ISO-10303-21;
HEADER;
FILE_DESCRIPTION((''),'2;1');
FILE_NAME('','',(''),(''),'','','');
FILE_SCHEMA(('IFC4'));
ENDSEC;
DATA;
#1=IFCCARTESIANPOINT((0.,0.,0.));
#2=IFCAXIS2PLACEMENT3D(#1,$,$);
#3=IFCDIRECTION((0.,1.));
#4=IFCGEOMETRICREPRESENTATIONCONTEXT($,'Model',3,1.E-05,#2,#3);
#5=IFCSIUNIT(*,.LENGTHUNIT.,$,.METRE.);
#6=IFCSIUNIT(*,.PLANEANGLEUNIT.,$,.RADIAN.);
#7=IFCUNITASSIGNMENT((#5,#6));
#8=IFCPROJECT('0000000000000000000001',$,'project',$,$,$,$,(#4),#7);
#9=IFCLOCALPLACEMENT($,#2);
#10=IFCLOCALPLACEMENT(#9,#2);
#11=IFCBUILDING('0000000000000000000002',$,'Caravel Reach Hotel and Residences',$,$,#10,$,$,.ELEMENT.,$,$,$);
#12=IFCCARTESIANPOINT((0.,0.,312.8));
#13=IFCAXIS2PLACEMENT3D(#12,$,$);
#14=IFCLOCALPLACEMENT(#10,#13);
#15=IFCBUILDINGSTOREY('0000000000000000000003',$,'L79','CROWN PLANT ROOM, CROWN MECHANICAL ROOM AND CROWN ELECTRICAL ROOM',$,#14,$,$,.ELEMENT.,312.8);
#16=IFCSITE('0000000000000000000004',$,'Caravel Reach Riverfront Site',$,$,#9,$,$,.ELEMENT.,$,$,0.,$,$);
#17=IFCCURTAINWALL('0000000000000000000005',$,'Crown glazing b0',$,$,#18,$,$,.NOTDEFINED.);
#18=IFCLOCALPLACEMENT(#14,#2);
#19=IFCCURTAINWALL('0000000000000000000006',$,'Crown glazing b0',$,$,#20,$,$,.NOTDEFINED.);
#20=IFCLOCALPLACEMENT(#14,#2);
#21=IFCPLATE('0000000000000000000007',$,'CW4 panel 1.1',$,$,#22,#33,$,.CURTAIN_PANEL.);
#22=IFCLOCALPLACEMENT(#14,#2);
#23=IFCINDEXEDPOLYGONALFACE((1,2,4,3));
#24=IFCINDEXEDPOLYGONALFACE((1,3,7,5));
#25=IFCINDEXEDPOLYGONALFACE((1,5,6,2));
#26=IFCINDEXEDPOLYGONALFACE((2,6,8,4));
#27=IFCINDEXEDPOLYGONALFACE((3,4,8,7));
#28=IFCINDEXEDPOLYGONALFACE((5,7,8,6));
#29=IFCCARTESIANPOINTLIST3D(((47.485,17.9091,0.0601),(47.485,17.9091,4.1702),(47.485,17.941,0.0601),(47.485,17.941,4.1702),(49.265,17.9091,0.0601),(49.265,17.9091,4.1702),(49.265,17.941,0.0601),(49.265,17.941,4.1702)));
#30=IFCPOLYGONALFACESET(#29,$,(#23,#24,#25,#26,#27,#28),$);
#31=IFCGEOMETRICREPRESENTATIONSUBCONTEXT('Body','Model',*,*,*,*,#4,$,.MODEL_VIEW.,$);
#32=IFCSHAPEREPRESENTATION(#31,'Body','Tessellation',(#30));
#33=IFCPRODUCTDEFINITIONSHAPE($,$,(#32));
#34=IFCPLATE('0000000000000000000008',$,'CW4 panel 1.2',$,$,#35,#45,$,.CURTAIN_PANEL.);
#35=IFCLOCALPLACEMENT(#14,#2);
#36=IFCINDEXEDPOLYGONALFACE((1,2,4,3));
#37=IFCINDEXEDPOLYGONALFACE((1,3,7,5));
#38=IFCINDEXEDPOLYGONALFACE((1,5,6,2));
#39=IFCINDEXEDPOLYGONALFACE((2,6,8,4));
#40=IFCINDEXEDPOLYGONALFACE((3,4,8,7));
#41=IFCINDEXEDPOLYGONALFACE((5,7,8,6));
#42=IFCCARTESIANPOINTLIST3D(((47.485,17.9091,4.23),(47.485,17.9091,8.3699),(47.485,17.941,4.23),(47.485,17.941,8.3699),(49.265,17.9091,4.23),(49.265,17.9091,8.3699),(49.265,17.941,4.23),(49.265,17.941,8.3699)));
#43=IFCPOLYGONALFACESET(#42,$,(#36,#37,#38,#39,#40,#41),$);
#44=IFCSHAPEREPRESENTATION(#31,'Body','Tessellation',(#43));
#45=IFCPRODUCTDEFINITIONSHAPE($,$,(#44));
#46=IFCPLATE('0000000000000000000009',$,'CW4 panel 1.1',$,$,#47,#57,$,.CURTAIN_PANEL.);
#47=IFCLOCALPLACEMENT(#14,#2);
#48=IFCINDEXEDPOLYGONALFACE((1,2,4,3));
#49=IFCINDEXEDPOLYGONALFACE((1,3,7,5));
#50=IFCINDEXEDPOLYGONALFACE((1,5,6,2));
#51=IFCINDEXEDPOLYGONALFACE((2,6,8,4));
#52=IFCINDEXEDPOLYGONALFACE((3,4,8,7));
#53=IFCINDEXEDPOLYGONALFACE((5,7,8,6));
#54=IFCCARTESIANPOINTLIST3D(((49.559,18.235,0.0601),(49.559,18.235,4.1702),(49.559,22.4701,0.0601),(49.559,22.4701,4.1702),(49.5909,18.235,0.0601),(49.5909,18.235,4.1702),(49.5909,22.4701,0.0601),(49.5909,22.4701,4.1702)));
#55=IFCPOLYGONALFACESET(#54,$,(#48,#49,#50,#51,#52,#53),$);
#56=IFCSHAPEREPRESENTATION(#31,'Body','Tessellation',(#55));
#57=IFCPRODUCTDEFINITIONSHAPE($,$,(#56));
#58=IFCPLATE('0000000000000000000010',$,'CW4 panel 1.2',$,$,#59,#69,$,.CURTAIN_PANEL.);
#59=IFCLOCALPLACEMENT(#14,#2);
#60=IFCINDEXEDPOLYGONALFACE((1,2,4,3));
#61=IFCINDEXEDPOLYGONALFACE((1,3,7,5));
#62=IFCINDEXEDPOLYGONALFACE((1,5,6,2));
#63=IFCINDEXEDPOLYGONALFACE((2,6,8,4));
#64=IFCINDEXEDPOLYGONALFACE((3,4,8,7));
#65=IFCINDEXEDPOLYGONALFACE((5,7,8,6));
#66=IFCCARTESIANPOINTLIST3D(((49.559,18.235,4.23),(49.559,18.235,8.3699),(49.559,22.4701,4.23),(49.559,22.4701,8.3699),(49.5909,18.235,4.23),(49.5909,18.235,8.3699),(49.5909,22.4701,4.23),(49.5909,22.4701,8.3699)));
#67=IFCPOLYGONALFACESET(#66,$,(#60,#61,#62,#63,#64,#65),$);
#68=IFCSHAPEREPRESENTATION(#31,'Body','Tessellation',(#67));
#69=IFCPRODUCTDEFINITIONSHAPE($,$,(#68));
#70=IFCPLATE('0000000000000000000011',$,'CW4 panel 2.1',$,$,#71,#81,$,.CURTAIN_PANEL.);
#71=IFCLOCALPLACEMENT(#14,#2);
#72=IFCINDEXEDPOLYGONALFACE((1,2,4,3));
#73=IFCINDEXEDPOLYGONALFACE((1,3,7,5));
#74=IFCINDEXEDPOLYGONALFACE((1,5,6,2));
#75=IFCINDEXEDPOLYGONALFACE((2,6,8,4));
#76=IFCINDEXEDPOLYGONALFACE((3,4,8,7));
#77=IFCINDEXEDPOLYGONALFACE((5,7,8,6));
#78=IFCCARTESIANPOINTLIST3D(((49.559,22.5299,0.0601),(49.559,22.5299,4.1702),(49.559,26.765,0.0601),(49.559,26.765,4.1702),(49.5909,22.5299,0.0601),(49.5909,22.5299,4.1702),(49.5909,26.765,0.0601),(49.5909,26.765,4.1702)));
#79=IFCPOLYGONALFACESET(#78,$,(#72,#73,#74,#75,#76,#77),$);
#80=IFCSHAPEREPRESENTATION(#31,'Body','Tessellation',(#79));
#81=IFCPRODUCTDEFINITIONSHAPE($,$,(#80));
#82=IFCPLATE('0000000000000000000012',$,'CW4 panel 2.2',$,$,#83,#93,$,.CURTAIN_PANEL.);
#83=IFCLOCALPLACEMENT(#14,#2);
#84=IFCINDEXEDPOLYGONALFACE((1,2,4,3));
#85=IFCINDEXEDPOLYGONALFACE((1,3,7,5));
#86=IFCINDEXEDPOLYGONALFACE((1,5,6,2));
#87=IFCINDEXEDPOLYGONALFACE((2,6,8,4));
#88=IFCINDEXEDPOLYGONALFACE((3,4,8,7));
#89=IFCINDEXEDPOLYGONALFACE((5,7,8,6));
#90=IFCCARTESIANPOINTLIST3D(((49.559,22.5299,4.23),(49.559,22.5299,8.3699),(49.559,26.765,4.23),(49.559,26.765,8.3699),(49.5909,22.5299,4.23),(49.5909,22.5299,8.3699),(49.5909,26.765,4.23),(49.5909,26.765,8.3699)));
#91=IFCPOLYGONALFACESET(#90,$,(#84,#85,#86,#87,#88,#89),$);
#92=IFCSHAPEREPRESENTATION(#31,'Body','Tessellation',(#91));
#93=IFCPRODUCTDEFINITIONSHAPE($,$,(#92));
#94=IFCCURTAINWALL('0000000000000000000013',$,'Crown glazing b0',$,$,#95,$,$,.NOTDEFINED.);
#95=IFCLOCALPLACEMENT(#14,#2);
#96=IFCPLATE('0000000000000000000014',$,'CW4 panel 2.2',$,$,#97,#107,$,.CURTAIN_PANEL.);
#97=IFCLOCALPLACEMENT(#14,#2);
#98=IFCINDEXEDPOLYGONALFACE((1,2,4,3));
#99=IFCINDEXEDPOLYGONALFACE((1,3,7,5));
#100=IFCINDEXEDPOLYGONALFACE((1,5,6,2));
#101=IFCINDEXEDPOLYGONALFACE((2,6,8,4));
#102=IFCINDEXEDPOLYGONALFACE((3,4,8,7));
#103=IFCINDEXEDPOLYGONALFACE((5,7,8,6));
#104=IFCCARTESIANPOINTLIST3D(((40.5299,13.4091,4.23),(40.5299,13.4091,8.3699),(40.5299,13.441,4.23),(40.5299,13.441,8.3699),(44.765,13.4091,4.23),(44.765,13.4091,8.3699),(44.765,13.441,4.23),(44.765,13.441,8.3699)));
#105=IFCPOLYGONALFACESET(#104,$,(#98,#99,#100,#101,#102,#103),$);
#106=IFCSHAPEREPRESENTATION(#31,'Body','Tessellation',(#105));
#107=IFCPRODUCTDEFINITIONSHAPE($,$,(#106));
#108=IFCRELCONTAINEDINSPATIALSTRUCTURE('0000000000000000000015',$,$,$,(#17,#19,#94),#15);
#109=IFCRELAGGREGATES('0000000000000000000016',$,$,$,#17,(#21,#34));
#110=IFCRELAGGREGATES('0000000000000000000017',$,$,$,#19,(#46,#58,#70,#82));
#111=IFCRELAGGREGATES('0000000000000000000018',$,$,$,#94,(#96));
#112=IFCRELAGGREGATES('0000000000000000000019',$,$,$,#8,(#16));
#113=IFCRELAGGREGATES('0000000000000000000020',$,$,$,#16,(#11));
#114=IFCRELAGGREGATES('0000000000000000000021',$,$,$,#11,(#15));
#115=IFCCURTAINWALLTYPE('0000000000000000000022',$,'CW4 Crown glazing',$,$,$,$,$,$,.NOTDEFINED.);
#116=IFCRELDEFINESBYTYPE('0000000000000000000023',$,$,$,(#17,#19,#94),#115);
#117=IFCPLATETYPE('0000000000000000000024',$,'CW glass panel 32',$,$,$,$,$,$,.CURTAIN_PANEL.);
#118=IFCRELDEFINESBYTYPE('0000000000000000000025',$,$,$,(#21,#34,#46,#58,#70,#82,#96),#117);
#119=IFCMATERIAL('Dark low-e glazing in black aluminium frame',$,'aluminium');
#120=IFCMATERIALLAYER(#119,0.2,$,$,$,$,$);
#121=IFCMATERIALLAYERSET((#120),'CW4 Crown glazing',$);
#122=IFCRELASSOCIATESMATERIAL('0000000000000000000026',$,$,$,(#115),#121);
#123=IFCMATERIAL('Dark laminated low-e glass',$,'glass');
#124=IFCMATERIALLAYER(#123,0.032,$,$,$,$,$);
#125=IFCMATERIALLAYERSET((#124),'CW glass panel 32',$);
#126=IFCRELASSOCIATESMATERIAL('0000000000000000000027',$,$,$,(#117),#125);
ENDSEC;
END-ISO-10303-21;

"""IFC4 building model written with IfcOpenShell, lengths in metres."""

from ifc_helpers import new_model, si_unit, direction, frame, origin, origin_2d, place, context, subcontext, project, spatial, rectangle, extrude, material, layer, layer_set, type_object, element, aggregate, save


model = new_model("IFC4")

# Units and contexts
model_context = context("Model", 3, precision=1e-05, world=origin(), true_north=direction((0.0, 1.0)))
body_context = subcontext(model_context, "Body", "Model", "MODEL_VIEW")
ifc_project = project(units=[si_unit("LENGTHUNIT", "METRE"), si_unit("PLANEANGLEUNIT", "RADIAN")], contexts=[model_context])

# Site, building, storey
site_placement = place(None, origin())
site = spatial("IfcSite", under=ifc_project, at=site_placement, Name="Caravel Reach Riverfront Site", CompositionType="ELEMENT", RefElevation=0.0)
building_placement = place(site_placement, origin())
building = spatial("IfcBuilding", under=site, at=building_placement, Name="Caravel Reach Hotel and Residences", CompositionType="ELEMENT")
storey_placement = place(building_placement, frame((0.0, 0.0, 312.8)))
storey = spatial("IfcBuildingStorey", under=building, at=storey_placement, Name="L79", Description="CROWN PLANT ROOM, CROWN MECHANICAL ROOM AND CROWN ELECTRICAL ROOM", CompositionType="ELEMENT", Elevation=312.8)

# Curtain walls
ifc_material_1 = material(Name="Dark low-e glazing in black aluminium frame", Category="aluminium")
ifc_layer_1 = layer(ifc_material_1, 0.2)
ifc_layer_set_1 = layer_set([ifc_layer_1], Name="CW4 Crown glazing")
curtain_wall_type = type_object("IfcCurtainWallType", Name="CW4 Crown glazing", PredefinedType="NOTDEFINED", material=ifc_layer_set_1)
curtain_wall_1_placement = place(storey_placement, origin())
curtain_wall_1 = element("IfcCurtainWall", 1, at=curtain_wall_1_placement, inside=storey, type_object=curtain_wall_type, Name="Crown glazing b0", PredefinedType="NOTDEFINED")
curtain_wall_2_placement = place(storey_placement, origin())
curtain_wall_2 = element("IfcCurtainWall", 2, at=curtain_wall_2_placement, inside=storey, type_object=curtain_wall_type, Name="Crown glazing b0", PredefinedType="NOTDEFINED")

# Plates
ifc_material_2 = material(Name="Dark laminated low-e glass", Category="glass")
ifc_layer_2 = layer(ifc_material_2, 0.032)
ifc_layer_set_2 = layer_set([ifc_layer_2], Name="CW glass panel 32")
plate_type = type_object("IfcPlateType", Name="CW glass panel 32", PredefinedType="CURTAIN_PANEL", material=ifc_layer_set_2)
plate_1_placement = place(storey_placement, frame((48.375, 17.925, 0.0601), z_axis=(0.0, 0.0, 1.0), x_axis=(1.0, 0.0, 0.0)))
plate_1 = element("IfcPlate", 3, at=plate_1_placement, type_object=plate_type, Name="CW4 panel 1.1", PredefinedType="CURTAIN_PANEL", context=body_context, shape_type="SweptSolid", body=[
    extrude(rectangle(XDim=1.78, YDim=0.032, at=origin_2d()), origin(), (0.0, 0.0, 1.0), 4.1101),
])
plate_2_placement = place(storey_placement, frame((48.375, 17.925, 4.23), z_axis=(0.0, 0.0, 1.0), x_axis=(1.0, 0.0, 0.0)))
plate_2 = element("IfcPlate", 4, at=plate_2_placement, type_object=plate_type, Name="CW4 panel 1.2", PredefinedType="CURTAIN_PANEL", context=body_context, shape_type="SweptSolid", body=[
    extrude(rectangle(XDim=1.78, YDim=0.032, at=origin_2d()), origin(), (0.0, 0.0, 1.0), 4.1399),
])
aggregate(curtain_wall_1, [plate_1, plate_2])
plate_3_placement = place(storey_placement, frame((49.575, 20.3525, 0.0601), z_axis=(0.0, 0.0, 1.0), x_axis=(0.0, 1.0, 0.0)))
plate_3 = element("IfcPlate", 5, at=plate_3_placement, type_object=plate_type, Name="CW4 panel 1.1", PredefinedType="CURTAIN_PANEL", context=body_context, shape_type="SweptSolid", body=[
    extrude(rectangle(XDim=4.2351, YDim=0.032, at=origin_2d()), origin(), (0.0, 0.0, 1.0), 4.1101),
])
plate_4_placement = place(storey_placement, frame((49.575, 20.3525, 4.23), z_axis=(0.0, 0.0, 1.0), x_axis=(0.0, 1.0, 0.0)))
plate_4 = element("IfcPlate", 6, at=plate_4_placement, type_object=plate_type, Name="CW4 panel 1.2", PredefinedType="CURTAIN_PANEL", context=body_context, shape_type="SweptSolid", body=[
    extrude(rectangle(XDim=4.2351, YDim=0.032, at=origin_2d()), origin(), (0.0, 0.0, 1.0), 4.1399),
])
plate_5_placement = place(storey_placement, frame((49.575, 24.6475, 0.0601), z_axis=(0.0, 0.0, 1.0), x_axis=(0.0, 1.0, 0.0)))
plate_5 = element("IfcPlate", 7, at=plate_5_placement, type_object=plate_type, Name="CW4 panel 2.1", PredefinedType="CURTAIN_PANEL", context=body_context, shape_type="SweptSolid", body=[
    extrude(rectangle(XDim=4.2351, YDim=0.032, at=origin_2d()), origin(), (0.0, 0.0, 1.0), 4.1101),
])
plate_6_placement = place(storey_placement, frame((49.575, 24.6475, 4.23), z_axis=(0.0, 0.0, 1.0), x_axis=(0.0, 1.0, 0.0)))
plate_6 = element("IfcPlate", 8, at=plate_6_placement, type_object=plate_type, Name="CW4 panel 2.2", PredefinedType="CURTAIN_PANEL", context=body_context, shape_type="SweptSolid", body=[
    extrude(rectangle(XDim=4.2351, YDim=0.032, at=origin_2d()), origin(), (0.0, 0.0, 1.0), 4.1399),
])
aggregate(curtain_wall_2, [plate_3, plate_4, plate_5, plate_6])

# Curtain wall, plate
curtain_wall_3_placement = place(storey_placement, origin())
curtain_wall_3 = element("IfcCurtainWall", 9, at=curtain_wall_3_placement, inside=storey, type_object=curtain_wall_type, Name="Crown glazing b0", PredefinedType="NOTDEFINED")
plate_7_placement = place(storey_placement, frame((42.6475, 13.425, 4.23), z_axis=(0.0, 0.0, 1.0), x_axis=(1.0, 0.0, 0.0)))
plate_7 = element("IfcPlate", 10, at=plate_7_placement, type_object=plate_type, Name="CW4 panel 2.2", PredefinedType="CURTAIN_PANEL", context=body_context, shape_type="SweptSolid", body=[
    extrude(rectangle(XDim=4.2351, YDim=0.032, at=origin_2d()), origin(), (0.0, 0.0, 1.0), 4.1399),
])
aggregate(curtain_wall_3, [plate_7])

save(model, "model.ifc")
